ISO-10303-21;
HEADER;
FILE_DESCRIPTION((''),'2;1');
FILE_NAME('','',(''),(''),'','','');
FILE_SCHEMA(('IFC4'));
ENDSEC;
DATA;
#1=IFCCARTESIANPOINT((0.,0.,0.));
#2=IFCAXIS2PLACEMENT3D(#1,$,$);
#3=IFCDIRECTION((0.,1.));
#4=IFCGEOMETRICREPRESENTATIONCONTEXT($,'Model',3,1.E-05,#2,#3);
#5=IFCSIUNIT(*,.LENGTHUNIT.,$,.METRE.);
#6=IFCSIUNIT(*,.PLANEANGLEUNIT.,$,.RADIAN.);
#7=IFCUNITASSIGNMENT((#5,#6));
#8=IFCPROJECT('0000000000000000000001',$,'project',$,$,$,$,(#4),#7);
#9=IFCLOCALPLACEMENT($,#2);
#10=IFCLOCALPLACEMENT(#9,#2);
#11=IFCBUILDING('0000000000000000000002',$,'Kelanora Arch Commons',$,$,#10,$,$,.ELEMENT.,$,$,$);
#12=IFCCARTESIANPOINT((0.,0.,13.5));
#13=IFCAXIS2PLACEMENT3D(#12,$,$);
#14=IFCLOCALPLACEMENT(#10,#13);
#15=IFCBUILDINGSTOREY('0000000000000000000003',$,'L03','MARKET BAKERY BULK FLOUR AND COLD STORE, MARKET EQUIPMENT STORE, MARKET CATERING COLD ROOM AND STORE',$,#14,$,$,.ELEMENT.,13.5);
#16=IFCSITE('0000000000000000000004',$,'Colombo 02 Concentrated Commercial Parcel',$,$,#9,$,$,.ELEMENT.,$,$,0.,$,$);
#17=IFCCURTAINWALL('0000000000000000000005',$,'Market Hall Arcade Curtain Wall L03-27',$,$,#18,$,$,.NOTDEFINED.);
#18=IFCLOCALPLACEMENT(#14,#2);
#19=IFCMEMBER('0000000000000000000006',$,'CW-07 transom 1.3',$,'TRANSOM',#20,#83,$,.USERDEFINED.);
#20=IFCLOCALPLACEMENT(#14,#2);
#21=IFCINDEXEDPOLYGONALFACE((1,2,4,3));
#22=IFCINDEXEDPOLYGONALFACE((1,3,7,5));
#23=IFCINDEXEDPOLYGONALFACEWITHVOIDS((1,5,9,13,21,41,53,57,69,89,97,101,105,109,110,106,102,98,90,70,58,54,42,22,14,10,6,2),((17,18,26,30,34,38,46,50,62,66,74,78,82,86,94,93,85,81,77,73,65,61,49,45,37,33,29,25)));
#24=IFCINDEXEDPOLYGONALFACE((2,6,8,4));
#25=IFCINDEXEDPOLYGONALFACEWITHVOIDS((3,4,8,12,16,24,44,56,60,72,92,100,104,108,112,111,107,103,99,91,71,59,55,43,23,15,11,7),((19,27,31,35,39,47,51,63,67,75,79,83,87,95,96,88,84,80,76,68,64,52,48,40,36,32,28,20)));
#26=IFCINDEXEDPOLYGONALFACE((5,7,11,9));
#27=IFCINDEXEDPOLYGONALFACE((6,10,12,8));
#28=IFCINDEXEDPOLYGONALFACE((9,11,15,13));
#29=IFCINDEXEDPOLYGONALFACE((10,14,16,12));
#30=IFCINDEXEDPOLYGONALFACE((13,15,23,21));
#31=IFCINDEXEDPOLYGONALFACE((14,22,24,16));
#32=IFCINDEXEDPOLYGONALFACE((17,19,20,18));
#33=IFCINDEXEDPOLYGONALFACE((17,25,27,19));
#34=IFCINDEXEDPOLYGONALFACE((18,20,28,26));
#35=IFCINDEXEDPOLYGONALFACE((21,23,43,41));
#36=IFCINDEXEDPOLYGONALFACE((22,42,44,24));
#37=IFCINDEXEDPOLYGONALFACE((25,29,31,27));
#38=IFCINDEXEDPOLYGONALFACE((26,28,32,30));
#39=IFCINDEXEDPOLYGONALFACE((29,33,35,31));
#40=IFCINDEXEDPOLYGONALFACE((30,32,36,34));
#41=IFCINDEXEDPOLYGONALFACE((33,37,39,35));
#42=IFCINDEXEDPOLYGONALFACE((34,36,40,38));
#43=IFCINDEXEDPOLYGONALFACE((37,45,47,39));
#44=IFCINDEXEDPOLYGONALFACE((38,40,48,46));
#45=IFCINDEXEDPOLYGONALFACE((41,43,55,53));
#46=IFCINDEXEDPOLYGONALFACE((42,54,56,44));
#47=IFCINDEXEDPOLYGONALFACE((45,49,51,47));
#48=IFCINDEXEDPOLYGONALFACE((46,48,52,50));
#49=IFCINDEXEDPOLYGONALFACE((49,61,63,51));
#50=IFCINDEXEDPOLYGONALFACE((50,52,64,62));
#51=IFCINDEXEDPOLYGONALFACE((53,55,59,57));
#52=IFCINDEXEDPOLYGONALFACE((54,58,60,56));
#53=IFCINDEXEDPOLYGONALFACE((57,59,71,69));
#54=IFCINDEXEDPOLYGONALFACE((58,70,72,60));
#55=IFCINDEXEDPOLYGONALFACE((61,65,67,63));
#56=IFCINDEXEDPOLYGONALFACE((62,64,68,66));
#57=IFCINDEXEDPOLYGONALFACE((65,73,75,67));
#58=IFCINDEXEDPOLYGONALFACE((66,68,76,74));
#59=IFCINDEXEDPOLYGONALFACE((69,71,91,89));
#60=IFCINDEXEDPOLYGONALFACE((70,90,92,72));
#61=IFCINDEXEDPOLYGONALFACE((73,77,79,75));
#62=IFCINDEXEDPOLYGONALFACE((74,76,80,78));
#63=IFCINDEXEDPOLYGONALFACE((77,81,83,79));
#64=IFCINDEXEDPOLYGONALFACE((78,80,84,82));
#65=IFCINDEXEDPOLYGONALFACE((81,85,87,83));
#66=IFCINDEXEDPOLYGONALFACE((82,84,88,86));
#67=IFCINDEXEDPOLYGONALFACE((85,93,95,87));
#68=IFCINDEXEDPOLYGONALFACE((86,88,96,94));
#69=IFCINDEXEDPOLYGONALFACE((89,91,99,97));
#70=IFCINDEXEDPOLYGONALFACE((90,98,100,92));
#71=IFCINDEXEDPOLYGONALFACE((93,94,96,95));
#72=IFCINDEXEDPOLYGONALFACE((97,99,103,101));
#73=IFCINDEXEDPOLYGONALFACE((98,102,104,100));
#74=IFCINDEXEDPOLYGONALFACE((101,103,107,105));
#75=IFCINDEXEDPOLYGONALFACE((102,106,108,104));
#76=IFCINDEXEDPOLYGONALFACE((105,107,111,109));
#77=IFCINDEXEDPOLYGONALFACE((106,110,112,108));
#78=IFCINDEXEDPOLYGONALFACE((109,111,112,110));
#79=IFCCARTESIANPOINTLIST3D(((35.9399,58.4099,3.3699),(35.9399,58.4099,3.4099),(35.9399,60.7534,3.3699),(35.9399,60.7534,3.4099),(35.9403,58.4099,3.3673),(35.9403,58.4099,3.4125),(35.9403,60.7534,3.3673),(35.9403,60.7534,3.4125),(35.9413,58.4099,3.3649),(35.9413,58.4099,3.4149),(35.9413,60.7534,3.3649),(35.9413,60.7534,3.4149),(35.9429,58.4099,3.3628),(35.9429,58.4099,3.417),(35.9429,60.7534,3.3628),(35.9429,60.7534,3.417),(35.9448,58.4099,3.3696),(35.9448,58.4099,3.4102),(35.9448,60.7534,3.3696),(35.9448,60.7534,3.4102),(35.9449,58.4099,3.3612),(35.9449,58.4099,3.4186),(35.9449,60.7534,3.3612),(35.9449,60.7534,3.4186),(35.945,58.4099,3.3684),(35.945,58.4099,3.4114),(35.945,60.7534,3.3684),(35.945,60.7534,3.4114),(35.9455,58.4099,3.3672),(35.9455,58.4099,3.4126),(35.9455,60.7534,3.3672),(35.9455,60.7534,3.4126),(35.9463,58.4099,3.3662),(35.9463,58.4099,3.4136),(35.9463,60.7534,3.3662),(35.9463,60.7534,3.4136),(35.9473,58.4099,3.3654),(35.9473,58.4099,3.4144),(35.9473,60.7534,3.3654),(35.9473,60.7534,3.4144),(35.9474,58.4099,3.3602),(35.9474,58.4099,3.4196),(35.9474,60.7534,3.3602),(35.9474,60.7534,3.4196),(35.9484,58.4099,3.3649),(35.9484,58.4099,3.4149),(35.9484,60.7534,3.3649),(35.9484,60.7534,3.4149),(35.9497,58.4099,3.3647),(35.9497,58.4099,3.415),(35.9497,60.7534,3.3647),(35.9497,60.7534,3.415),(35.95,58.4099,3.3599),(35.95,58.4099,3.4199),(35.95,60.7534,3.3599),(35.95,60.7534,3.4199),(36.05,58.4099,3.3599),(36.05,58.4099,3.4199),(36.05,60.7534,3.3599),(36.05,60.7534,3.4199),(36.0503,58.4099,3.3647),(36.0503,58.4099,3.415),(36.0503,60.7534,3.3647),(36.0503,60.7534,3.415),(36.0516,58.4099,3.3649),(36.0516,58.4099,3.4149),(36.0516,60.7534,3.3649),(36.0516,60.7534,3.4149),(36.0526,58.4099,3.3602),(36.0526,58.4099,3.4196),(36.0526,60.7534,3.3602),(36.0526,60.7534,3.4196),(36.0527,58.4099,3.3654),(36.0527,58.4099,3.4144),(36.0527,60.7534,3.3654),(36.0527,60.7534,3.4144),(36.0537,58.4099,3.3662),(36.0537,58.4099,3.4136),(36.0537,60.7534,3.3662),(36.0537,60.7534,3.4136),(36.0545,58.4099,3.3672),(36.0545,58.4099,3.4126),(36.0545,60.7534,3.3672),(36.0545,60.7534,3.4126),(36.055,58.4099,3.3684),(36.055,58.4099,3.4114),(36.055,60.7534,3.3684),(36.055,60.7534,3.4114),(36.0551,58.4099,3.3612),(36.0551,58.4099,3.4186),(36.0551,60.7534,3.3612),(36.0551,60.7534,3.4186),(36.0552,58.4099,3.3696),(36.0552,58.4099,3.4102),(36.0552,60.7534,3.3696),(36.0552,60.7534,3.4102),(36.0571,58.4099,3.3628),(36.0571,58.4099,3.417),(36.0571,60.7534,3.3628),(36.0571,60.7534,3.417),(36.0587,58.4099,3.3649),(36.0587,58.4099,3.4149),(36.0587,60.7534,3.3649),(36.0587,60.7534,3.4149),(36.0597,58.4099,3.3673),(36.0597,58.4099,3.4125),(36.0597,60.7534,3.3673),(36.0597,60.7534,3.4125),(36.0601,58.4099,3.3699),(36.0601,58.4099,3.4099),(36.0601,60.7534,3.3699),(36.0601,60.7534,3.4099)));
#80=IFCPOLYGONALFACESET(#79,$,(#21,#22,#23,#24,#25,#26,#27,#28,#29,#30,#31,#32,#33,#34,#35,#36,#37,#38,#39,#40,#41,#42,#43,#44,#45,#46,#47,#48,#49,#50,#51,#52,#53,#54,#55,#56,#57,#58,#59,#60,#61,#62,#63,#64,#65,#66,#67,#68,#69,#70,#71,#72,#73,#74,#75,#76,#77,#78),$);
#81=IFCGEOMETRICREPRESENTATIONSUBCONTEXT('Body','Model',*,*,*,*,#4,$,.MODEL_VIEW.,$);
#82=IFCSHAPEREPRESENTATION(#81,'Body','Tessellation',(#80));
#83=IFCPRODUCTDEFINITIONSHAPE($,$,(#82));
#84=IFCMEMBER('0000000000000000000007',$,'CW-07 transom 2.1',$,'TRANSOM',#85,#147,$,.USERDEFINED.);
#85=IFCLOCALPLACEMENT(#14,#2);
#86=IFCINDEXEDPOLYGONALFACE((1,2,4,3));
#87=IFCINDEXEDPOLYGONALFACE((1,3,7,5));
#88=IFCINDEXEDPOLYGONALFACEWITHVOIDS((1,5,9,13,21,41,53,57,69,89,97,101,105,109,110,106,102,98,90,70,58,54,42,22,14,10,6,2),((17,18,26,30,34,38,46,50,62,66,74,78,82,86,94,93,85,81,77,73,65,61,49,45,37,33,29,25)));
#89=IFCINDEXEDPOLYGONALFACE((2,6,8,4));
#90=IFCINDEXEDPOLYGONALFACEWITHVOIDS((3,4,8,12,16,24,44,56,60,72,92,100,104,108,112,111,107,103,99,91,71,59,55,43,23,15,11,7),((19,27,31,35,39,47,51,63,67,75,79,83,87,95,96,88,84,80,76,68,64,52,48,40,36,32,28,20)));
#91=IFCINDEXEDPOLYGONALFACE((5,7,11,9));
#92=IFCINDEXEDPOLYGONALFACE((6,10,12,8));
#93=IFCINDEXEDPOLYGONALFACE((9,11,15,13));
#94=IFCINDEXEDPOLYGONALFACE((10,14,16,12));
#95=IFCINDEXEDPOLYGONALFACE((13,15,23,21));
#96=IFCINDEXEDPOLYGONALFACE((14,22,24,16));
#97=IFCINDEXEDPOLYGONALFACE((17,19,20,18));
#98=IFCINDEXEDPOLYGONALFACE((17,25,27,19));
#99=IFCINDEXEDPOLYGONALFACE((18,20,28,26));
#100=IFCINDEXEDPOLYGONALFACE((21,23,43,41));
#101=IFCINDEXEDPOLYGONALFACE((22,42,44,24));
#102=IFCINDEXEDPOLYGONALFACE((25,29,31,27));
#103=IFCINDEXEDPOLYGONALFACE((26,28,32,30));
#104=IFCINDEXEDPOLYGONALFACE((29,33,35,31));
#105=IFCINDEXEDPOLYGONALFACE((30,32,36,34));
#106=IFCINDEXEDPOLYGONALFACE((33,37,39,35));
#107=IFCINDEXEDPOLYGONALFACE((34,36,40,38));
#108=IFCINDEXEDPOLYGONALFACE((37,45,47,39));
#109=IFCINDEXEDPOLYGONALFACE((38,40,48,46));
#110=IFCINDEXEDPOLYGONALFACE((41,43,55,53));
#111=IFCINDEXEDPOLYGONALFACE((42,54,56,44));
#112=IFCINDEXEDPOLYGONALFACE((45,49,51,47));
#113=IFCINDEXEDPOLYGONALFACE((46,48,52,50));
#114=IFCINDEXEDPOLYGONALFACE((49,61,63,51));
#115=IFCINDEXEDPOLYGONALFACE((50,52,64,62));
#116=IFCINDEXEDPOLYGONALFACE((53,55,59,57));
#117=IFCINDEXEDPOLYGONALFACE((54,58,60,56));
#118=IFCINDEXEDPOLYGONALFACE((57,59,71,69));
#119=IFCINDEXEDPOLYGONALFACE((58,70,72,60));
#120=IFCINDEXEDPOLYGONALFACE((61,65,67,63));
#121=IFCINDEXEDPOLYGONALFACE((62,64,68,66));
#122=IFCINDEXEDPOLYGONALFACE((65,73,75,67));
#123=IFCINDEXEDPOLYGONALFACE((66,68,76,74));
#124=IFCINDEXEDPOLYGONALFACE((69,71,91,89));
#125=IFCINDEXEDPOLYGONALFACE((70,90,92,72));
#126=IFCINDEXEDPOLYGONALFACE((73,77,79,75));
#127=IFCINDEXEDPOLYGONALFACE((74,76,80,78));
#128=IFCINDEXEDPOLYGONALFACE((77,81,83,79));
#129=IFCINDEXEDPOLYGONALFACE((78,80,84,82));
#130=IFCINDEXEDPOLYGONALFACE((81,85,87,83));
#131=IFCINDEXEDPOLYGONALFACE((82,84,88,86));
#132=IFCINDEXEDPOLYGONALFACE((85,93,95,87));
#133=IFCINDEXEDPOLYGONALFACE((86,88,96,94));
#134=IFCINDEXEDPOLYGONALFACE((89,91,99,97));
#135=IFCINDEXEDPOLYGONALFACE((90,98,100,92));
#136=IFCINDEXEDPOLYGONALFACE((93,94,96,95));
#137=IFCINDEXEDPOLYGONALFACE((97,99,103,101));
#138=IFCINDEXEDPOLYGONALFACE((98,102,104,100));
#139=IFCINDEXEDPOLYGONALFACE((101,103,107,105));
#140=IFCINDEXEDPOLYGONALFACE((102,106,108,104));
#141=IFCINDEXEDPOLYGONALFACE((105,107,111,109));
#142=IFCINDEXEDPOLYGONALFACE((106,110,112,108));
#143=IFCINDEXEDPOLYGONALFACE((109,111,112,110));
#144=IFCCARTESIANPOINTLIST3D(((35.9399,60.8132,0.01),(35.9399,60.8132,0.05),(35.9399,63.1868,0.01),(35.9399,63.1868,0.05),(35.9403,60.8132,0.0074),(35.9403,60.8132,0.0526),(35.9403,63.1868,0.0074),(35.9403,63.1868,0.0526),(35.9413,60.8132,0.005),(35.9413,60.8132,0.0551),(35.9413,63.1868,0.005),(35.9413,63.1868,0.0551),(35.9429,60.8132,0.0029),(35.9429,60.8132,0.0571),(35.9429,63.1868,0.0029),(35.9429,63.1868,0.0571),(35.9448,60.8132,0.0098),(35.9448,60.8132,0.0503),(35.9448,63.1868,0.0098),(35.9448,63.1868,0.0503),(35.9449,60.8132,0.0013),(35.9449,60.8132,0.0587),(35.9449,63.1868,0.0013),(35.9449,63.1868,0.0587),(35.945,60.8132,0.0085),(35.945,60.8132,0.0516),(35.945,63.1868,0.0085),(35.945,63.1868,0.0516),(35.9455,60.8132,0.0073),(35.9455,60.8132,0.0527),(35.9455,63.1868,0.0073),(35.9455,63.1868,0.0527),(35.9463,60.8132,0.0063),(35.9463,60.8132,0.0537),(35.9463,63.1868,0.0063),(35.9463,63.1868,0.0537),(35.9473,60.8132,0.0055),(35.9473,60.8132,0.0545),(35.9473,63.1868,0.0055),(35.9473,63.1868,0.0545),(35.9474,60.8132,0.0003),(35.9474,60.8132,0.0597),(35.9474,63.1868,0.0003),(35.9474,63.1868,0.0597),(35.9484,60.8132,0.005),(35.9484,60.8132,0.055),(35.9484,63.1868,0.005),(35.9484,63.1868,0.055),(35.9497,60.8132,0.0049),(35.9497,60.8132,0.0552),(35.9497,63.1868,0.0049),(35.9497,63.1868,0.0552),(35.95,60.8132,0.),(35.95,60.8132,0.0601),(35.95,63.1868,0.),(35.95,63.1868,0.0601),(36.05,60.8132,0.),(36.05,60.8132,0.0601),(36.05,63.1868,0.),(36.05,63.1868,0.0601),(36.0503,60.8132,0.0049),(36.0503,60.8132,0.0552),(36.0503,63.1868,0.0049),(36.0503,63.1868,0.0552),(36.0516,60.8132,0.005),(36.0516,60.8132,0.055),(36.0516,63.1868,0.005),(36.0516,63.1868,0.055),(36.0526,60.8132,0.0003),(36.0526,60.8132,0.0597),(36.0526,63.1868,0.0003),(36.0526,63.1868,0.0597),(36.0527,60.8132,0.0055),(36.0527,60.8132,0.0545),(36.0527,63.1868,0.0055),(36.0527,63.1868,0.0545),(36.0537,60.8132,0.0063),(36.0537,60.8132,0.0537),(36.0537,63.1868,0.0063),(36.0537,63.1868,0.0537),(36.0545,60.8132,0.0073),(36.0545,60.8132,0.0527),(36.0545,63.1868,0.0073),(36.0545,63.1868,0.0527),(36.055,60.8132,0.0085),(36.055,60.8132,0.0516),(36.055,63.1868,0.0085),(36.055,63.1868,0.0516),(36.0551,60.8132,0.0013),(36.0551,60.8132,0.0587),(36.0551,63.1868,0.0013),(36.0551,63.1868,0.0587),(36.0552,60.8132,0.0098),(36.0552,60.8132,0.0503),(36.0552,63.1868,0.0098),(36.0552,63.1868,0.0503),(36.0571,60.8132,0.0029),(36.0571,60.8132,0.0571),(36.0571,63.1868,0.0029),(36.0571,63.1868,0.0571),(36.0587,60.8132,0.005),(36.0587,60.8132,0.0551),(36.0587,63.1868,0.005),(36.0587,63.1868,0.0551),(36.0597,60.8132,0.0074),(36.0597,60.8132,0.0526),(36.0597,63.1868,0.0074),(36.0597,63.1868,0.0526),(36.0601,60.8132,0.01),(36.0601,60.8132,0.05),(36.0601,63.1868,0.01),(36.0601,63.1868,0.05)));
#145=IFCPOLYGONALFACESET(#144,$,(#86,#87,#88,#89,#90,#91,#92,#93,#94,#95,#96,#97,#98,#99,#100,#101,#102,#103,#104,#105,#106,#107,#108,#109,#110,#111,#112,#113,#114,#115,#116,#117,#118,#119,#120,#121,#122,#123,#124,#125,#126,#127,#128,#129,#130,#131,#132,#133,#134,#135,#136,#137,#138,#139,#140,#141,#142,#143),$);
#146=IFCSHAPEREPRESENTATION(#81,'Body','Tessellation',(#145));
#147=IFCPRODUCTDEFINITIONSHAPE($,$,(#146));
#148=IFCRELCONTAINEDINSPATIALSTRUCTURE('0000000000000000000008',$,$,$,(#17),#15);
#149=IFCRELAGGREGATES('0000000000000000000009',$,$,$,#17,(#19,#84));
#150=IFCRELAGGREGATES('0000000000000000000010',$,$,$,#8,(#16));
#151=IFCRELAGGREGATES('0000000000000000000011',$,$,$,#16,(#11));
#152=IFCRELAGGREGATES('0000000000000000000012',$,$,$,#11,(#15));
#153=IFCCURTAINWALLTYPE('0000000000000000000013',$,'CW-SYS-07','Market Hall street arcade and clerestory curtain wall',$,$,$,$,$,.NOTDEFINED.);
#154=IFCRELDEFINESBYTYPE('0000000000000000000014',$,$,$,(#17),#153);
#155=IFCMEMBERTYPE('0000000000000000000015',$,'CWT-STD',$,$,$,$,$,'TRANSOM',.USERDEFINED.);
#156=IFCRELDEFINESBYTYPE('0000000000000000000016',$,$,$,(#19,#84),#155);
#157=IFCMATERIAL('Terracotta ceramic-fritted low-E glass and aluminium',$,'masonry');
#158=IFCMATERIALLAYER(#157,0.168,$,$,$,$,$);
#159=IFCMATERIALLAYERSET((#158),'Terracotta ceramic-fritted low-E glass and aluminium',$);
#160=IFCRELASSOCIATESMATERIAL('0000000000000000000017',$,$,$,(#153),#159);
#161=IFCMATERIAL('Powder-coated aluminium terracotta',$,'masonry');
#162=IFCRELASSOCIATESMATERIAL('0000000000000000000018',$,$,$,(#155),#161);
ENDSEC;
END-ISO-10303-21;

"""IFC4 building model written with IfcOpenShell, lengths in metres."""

from ifc_helpers import new_model, si_unit, direction, frame, origin, origin_2d, place, context, subcontext, project, spatial, hollow_rectangle, extrude, material, layer, layer_set, material_profile, profile_set, type_object, element, aggregate, save


model = new_model("IFC4")

# Units and contexts
model_context = context("Model", 3, precision=1e-05, world=origin(), true_north=direction((0.0, 1.0)))
body_context = subcontext(model_context, "Body", "Model", "MODEL_VIEW")
ifc_project = project(units=[si_unit("LENGTHUNIT", "METRE"), si_unit("PLANEANGLEUNIT", "RADIAN")], contexts=[model_context])

# Site, building, storey
site_placement = place(None, origin())
site = spatial("IfcSite", under=ifc_project, at=site_placement, Name="Colombo 02 Concentrated Commercial Parcel", CompositionType="ELEMENT", RefElevation=0.0)
building_placement = place(site_placement, origin())
building = spatial("IfcBuilding", under=site, at=building_placement, Name="Kelanora Arch Commons", CompositionType="ELEMENT")
storey_placement = place(building_placement, frame((0.0, 0.0, 13.5)))
storey = spatial("IfcBuildingStorey", under=building, at=storey_placement, Name="L03", Description="MARKET BAKERY BULK FLOUR AND COLD STORE, MARKET EQUIPMENT STORE, MARKET CATERING COLD ROOM AND STORE", CompositionType="ELEMENT", Elevation=13.5)

# Curtain wall, members
ifc_material_1 = material(Name="Terracotta ceramic-fritted low-E glass and aluminium", Category="masonry")
ifc_layer_1 = layer(ifc_material_1, 0.168)
ifc_layer_set_1 = layer_set([ifc_layer_1], Name="Terracotta ceramic-fritted low-E glass and aluminium")
curtain_wall_type = type_object("IfcCurtainWallType", Name="CW-SYS-07", Description="Market Hall street arcade and clerestory curtain wall", PredefinedType="NOTDEFINED", material=ifc_layer_set_1)
curtain_wall_placement = place(storey_placement, origin())
curtain_wall = element("IfcCurtainWall", 1, at=curtain_wall_placement, inside=storey, type_object=curtain_wall_type, Name="Market Hall Arcade Curtain Wall L03-27", PredefinedType="NOTDEFINED")
ifc_material_2 = material(Name="Powder-coated aluminium terracotta", Category="masonry")
ifc_material_profile_1 = material_profile(ifc_material_2, hollow_rectangle(XDim=0.1201, YDim=0.0601, WallThickness=0.0049, InnerFilletRadius=0.0049, OuterFilletRadius=0.01, at=origin_2d()), Name="CWT120x60")
ifc_profile_set_1 = profile_set([ifc_material_profile_1], Name="Powder-coated aluminium terracotta")
member_type_1 = type_object("IfcMemberType", Name="CWT-STD", ElementType="TRANSOM", PredefinedType="USERDEFINED", material=ifc_profile_set_1)
member_1_placement = place(storey_placement, frame((36.0, 58.4099, 3.3899), z_axis=(0.0, 1.0, 0.0), x_axis=(-1.0, 0.0, 0.0)))
member_1 = element("IfcMember", 2, at=member_1_placement, type_object=member_type_1, Name="CW-07 transom 1.3", ObjectType="TRANSOM", PredefinedType="USERDEFINED", context=body_context, shape_type="SweptSolid", body=[
    extrude(hollow_rectangle(XDim=0.1201, YDim=0.0601, WallThickness=0.0049, InnerFilletRadius=0.0049, OuterFilletRadius=0.01, at=origin_2d()), origin(), (0.0, 0.0, 1.0), 2.3435),
])
member_2_placement = place(storey_placement, frame((36.0, 60.8132, 0.03), z_axis=(0.0, 1.0, 0.0), x_axis=(-1.0, 0.0, 0.0)))
member_2 = element("IfcMember", 3, at=member_2_placement, type_object=member_type_1, Name="CW-07 transom 2.1", ObjectType="TRANSOM", PredefinedType="USERDEFINED", context=body_context, shape_type="SweptSolid", body=[
    extrude(hollow_rectangle(XDim=0.1201, YDim=0.0601, WallThickness=0.0049, InnerFilletRadius=0.0049, OuterFilletRadius=0.01, at=origin_2d()), origin(), (0.0, 0.0, 1.0), 2.3735),
])
aggregate(curtain_wall, [member_1, member_2])

save(model, "model.ifc")
